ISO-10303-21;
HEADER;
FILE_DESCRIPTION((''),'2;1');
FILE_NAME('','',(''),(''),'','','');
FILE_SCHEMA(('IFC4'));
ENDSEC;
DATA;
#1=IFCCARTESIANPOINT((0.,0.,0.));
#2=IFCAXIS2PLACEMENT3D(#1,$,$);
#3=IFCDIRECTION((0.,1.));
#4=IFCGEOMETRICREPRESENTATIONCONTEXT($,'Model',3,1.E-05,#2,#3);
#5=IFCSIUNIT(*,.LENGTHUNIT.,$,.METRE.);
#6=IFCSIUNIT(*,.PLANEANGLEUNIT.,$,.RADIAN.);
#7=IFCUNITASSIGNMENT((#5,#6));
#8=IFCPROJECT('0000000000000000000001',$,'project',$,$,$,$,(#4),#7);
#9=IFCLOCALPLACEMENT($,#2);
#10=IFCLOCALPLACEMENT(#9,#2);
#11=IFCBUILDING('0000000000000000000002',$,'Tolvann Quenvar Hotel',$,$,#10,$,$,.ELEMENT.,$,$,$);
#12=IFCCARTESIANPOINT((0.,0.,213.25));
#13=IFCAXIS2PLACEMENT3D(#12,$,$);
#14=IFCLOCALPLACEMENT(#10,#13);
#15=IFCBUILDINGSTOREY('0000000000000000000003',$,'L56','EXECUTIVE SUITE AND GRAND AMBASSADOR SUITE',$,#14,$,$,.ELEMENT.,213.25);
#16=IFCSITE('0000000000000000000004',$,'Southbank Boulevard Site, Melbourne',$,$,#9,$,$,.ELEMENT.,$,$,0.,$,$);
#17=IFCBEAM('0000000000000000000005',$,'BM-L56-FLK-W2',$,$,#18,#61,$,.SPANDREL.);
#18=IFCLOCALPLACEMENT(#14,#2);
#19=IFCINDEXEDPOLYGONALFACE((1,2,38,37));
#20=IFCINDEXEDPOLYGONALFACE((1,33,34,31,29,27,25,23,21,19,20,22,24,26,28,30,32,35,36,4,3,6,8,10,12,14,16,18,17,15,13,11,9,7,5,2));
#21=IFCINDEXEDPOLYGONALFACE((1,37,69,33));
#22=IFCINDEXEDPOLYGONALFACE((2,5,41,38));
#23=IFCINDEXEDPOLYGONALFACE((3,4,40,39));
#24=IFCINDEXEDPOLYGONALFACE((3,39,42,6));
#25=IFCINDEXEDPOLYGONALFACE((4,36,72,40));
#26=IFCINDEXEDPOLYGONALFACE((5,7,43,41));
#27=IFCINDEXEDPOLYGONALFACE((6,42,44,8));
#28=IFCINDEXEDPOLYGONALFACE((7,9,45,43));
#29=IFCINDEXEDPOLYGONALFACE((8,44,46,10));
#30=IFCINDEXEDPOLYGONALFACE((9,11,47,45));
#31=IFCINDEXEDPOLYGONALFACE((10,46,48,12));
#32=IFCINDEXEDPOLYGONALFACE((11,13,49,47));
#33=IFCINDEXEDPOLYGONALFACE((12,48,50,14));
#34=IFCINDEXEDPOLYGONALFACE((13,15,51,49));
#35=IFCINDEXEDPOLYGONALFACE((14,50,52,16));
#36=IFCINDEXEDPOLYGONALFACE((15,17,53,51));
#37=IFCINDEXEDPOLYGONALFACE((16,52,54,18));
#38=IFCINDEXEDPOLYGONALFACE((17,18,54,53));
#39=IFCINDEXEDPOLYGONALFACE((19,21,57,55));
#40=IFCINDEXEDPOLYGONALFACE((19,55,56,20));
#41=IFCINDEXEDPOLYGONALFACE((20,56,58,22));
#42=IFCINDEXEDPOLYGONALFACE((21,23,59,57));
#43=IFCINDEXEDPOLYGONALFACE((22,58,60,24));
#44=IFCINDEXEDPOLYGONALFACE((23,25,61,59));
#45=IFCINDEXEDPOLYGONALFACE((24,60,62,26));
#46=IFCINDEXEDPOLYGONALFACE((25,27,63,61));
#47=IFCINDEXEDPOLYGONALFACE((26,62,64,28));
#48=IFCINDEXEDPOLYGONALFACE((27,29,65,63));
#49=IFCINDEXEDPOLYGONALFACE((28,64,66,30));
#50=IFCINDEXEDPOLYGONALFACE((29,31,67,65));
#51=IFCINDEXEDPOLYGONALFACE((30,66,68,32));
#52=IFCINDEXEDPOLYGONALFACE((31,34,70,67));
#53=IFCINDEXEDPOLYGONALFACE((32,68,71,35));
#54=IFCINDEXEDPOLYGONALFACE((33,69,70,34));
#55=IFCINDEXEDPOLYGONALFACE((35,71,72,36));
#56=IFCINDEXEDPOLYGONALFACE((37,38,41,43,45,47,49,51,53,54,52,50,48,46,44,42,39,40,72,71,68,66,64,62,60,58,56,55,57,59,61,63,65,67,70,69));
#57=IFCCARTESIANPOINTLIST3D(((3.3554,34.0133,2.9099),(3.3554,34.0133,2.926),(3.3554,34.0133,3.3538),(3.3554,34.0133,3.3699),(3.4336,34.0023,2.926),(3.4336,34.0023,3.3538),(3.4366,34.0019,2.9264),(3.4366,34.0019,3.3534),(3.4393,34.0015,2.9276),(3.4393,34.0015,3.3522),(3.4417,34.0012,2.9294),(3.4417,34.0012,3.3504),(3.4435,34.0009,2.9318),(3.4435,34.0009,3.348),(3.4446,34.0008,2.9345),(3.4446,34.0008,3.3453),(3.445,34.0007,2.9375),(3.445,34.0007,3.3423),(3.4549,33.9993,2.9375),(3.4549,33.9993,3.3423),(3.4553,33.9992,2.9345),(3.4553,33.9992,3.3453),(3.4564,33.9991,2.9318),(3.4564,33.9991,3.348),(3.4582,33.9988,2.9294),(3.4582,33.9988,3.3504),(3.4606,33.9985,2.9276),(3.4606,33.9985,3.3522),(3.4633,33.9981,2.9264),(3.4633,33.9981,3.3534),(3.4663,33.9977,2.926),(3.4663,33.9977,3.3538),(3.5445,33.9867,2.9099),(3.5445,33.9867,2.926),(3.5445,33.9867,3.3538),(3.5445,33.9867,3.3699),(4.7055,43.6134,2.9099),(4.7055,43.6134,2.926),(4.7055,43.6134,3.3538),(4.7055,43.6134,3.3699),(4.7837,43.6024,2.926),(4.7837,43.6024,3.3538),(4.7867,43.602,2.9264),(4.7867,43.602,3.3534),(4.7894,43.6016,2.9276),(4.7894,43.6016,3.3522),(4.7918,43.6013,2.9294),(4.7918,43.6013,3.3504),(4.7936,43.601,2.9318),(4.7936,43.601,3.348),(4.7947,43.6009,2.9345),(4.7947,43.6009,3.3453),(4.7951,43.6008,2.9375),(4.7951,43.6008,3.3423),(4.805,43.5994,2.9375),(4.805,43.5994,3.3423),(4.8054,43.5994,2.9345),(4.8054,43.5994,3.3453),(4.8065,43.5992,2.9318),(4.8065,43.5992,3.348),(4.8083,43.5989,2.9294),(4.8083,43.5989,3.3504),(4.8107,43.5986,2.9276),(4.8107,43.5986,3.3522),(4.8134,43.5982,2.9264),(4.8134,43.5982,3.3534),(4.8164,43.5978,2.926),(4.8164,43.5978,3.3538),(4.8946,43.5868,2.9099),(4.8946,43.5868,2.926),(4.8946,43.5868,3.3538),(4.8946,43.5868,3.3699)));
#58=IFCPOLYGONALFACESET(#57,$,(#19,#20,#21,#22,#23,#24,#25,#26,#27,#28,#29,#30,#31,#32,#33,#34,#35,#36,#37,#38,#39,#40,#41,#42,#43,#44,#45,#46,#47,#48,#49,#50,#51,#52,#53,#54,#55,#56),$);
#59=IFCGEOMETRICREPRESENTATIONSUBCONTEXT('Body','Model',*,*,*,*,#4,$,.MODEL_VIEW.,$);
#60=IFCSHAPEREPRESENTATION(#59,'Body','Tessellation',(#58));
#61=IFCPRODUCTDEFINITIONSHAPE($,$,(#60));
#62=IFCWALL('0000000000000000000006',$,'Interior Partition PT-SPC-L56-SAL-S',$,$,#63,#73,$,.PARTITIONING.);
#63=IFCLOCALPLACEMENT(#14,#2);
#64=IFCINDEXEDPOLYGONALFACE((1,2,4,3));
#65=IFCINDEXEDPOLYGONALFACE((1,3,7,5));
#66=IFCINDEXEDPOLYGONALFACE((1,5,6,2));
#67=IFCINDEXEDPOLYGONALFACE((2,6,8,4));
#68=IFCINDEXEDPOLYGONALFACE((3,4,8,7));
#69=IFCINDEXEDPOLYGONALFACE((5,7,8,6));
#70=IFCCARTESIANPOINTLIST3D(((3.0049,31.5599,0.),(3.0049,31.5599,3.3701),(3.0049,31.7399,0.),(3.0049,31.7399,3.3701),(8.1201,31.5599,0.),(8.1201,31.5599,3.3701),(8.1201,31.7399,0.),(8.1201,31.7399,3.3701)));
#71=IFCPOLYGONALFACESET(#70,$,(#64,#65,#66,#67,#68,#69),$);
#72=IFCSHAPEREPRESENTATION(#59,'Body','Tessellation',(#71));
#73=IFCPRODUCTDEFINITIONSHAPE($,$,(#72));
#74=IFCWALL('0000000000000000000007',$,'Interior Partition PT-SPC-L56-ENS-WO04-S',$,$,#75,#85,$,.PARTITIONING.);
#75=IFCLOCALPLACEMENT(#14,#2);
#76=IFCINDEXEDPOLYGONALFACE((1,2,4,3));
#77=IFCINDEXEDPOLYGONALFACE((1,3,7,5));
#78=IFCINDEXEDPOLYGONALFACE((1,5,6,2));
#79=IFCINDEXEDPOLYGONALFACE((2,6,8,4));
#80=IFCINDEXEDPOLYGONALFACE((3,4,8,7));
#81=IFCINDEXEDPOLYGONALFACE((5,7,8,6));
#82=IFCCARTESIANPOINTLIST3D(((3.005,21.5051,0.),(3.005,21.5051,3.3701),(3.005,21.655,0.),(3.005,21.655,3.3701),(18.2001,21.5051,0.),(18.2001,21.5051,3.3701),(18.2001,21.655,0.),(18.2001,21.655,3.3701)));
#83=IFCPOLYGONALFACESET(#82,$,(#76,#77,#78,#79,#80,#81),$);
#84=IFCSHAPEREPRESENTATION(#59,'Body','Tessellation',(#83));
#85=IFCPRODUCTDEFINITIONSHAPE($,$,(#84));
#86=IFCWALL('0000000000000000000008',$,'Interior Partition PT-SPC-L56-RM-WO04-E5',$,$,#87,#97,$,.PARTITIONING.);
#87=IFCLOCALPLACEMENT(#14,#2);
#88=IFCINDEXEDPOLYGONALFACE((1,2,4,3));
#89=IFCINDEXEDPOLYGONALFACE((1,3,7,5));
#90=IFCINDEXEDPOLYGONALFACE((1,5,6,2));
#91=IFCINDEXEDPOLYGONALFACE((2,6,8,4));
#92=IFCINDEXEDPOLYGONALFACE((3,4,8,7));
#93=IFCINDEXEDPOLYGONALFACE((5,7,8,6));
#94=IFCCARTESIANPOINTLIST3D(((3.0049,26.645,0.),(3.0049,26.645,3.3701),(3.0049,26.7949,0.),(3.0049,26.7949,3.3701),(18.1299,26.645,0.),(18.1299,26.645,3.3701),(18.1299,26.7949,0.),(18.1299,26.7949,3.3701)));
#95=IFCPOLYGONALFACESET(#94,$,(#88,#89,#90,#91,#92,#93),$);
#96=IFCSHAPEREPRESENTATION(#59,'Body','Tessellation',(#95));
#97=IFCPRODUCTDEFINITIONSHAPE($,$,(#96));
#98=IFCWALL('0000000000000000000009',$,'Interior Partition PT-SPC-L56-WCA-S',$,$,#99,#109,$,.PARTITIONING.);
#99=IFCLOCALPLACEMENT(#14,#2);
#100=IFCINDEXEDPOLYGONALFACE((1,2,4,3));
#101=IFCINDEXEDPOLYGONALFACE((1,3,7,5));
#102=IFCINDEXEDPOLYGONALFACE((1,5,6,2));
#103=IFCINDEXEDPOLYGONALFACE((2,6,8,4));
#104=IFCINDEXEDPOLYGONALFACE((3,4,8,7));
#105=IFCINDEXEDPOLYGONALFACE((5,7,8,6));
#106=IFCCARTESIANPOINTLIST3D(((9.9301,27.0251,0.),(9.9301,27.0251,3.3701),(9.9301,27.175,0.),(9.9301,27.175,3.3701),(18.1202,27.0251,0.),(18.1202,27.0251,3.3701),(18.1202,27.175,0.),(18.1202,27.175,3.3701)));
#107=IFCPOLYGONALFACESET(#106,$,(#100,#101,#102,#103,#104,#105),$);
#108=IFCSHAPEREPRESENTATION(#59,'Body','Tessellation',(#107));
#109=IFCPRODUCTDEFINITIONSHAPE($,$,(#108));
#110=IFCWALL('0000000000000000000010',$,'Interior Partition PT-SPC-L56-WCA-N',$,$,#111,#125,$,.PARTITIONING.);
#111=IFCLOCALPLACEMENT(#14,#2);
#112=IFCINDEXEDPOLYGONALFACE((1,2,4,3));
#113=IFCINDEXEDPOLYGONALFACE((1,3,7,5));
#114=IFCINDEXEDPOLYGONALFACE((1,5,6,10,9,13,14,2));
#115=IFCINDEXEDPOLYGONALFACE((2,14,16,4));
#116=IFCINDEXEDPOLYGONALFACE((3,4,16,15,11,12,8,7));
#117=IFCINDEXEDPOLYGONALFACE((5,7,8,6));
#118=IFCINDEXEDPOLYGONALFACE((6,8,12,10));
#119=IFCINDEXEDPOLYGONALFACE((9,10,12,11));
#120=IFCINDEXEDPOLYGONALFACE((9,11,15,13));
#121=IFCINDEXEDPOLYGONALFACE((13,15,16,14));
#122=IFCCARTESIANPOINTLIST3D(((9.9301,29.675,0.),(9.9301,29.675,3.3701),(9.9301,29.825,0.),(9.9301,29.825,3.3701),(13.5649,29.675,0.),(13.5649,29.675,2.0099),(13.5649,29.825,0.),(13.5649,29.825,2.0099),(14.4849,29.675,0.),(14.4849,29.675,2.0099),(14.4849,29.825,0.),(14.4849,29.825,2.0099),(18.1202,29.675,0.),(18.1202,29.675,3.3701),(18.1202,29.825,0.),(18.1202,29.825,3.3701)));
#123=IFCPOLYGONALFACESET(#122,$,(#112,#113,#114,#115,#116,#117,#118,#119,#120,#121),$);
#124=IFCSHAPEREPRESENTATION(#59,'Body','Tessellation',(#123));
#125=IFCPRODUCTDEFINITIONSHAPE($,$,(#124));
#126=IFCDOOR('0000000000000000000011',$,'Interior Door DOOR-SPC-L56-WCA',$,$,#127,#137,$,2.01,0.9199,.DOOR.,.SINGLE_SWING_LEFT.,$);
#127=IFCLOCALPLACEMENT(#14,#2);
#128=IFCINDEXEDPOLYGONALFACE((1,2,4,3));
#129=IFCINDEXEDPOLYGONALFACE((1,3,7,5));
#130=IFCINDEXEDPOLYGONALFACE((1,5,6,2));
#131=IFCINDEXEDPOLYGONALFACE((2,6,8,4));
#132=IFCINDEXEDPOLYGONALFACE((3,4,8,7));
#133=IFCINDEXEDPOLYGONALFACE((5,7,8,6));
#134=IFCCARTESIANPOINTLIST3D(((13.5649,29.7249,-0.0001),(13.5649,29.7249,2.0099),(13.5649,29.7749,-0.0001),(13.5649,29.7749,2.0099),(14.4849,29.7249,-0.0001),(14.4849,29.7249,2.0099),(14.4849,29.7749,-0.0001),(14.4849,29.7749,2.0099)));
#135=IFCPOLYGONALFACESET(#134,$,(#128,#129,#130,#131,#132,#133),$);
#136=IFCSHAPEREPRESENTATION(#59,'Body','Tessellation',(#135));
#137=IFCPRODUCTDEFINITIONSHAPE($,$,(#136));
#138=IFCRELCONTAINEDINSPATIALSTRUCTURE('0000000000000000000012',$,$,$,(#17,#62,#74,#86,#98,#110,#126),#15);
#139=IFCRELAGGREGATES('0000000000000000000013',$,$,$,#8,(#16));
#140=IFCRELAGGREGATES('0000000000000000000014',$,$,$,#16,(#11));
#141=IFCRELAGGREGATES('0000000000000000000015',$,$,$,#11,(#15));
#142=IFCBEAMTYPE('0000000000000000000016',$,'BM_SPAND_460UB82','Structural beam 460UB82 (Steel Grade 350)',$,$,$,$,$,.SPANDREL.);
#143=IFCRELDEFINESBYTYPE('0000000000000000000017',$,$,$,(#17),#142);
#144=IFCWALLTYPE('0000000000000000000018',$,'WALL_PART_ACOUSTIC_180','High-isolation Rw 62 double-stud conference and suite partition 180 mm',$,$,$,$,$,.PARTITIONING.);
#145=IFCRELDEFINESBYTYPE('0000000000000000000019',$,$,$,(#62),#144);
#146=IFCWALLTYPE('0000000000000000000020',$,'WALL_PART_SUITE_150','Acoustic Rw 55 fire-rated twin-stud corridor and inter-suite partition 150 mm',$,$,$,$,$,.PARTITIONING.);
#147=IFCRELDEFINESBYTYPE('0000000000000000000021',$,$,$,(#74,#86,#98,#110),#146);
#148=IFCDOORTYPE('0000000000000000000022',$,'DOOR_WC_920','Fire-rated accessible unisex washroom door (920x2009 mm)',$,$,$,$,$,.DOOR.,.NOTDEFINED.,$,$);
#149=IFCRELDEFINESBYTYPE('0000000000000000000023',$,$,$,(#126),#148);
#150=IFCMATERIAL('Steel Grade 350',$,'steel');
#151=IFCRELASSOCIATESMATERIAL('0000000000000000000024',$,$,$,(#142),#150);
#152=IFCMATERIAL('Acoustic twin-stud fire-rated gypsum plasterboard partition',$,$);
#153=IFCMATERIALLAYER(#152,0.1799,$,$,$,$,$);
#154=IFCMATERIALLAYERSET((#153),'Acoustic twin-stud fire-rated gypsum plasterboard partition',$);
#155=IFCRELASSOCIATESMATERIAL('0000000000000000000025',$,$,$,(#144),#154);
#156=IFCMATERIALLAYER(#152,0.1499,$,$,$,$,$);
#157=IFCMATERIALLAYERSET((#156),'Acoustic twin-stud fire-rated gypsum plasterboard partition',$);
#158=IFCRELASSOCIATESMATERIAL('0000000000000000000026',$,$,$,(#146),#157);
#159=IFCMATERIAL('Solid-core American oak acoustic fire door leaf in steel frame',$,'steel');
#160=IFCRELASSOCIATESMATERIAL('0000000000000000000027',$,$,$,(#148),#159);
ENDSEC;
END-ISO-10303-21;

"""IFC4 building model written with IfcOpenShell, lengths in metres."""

from ifc_helpers import new_model, si_unit, direction, frame, frame_2d, origin, origin_2d, place, context, subcontext, project, spatial, rectangle, i_section, extrude, source, transform, mapped, material, layer, layer_set, material_profile, profile_set, type_object, type_shapes, element, fill, save


model = new_model("IFC4")

# Units and contexts
model_context = context("Model", 3, precision=1e-05, world=origin(), true_north=direction((0.0, 1.0)))
body_context = subcontext(model_context, "Body", "Model", "MODEL_VIEW")
ifc_project = project(units=[si_unit("LENGTHUNIT", "METRE"), si_unit("PLANEANGLEUNIT", "RADIAN")], contexts=[model_context])

# Site, building, storey
site_placement = place(None, origin())
site = spatial("IfcSite", under=ifc_project, at=site_placement, Name="Southbank Boulevard Site, Melbourne", CompositionType="ELEMENT", RefElevation=0.0)
building_placement = place(site_placement, origin())
building = spatial("IfcBuilding", under=site, at=building_placement, Name="Tolvann Quenvar Hotel", CompositionType="ELEMENT")
storey_placement = place(building_placement, frame((0.0, 0.0, 213.25)))
storey = spatial("IfcBuildingStorey", under=building, at=storey_placement, Name="L56", Description="EXECUTIVE SUITE AND GRAND AMBASSADOR SUITE", CompositionType="ELEMENT", Elevation=213.25)

# Shared definitions
ifc_material_1 = material(Name="Steel Grade 350", Category="steel")

# Beam
ifc_material_profile_1 = material_profile(ifc_material_1, i_section(OverallWidth=0.1909, OverallDepth=0.46, WebThickness=0.01, FlangeThickness=0.0161, FilletRadius=0.0115, at=origin_2d()), Name="460UB82")
ifc_profile_set_1 = profile_set([ifc_material_profile_1], Name="Steel Grade 350")
beam_type_1 = type_object("IfcBeamType", Name="BM_SPAND_460UB82", Description="Structural beam 460UB82 (Steel Grade 350)", PredefinedType="SPANDREL", material=ifc_profile_set_1)
shared_shape_1 = source(origin(), body_context, "Body", "SweptSolid", [
    extrude(i_section(OverallWidth=0.1909, OverallDepth=0.46, WebThickness=0.01, FlangeThickness=0.0161, FilletRadius=0.0115, at=origin_2d()), origin(), (0.0, 0.0, 1.0), 9.6946),
])
beam_1_placement = place(storey_placement, frame((3.45, 34.0, 3.1399), z_axis=(0.139263, 0.990255, 0.0), x_axis=(-0.990255, 0.139263, 0.0)))
element("IfcBeam", 1, at=beam_1_placement, inside=storey, type_object=beam_type_1, Name="BM-L56-FLK-W2", PredefinedType="SPANDREL", context=body_context, shape_type="MappedRepresentation", body=[
    mapped(shared_shape_1, transform((0.0, 0.0, 0.0), x_axis=(1.0, 0.0, 0.0), y_axis=(0.0, 1.0, 0.0), z_axis=(0.0, 0.0, 1.0), scale=1.0)),
])

# Wall
ifc_material_2 = material(Name="Acoustic twin-stud fire-rated gypsum plasterboard partition")
ifc_layer_1 = layer(ifc_material_2, 0.1799)
ifc_layer_set_1 = layer_set([ifc_layer_1], Name="Acoustic twin-stud fire-rated gypsum plasterboard partition")
wall_type_1 = type_object("IfcWallType", Name="WALL_PART_ACOUSTIC_180", Description="High-isolation Rw 62 double-stud conference and suite partition 180 mm", PredefinedType="PARTITIONING", material=ifc_layer_set_1)
wall_1_placement = place(storey_placement, frame((3.0049, 31.6499, 0.0), z_axis=(0.0, 0.0, 1.0), x_axis=(1.0, 0.0, 0.0)))
element("IfcWall", 2, at=wall_1_placement, inside=storey, type_object=wall_type_1, Name="Interior Partition PT-SPC-L56-SAL-S", PredefinedType="PARTITIONING", context=body_context, shape_type="SweptSolid", body=[
    extrude(rectangle(XDim=5.1152, YDim=0.1799, at=frame_2d((2.5576, 0.0))), origin(), (0.0, 0.0, 1.0), 3.3701),
])

# Shared definitions
ifc_material_3 = material(Name="Solid-core American oak acoustic fire door leaf in steel frame", Category="steel")

# Walls
ifc_layer_2 = layer(ifc_material_2, 0.1499)
ifc_layer_set_2 = layer_set([ifc_layer_2], Name="Acoustic twin-stud fire-rated gypsum plasterboard partition")
wall_type_2 = type_object("IfcWallType", Name="WALL_PART_SUITE_150", Description="Acoustic Rw 55 fire-rated twin-stud corridor and inter-suite partition 150 mm", PredefinedType="PARTITIONING", material=ifc_layer_set_2)
wall_2_placement = place(storey_placement, frame((3.0049, 21.5801, 0.0), z_axis=(0.0, 0.0, 1.0), x_axis=(1.0, 0.0, 0.0)))
element("IfcWall", 3, at=wall_2_placement, inside=storey, type_object=wall_type_2, Name="Interior Partition PT-SPC-L56-ENS-WO04-S", PredefinedType="PARTITIONING", context=body_context, shape_type="SweptSolid", body=[
    extrude(rectangle(XDim=15.1951, YDim=0.1499, at=frame_2d((7.5977, 0.0))), origin(), (0.0, 0.0, 1.0), 3.3701),
])
wall_3_placement = place(storey_placement, frame((3.0049, 26.72, 0.0), z_axis=(0.0, 0.0, 1.0), x_axis=(1.0, 0.0, 0.0)))
element("IfcWall", 4, at=wall_3_placement, inside=storey, type_object=wall_type_2, Name="Interior Partition PT-SPC-L56-RM-WO04-E5", PredefinedType="PARTITIONING", context=body_context, shape_type="SweptSolid", body=[
    extrude(rectangle(XDim=15.125, YDim=0.1499, at=frame_2d((7.5625, 0.0))), origin(), (0.0, 0.0, 1.0), 3.3701),
])
wall_4_placement = place(storey_placement, frame((9.9299, 27.1001, 0.0), z_axis=(0.0, 0.0, 1.0), x_axis=(1.0, 0.0, 0.0)))
element("IfcWall", 5, at=wall_4_placement, inside=storey, type_object=wall_type_2, Name="Interior Partition PT-SPC-L56-WCA-S", PredefinedType="PARTITIONING", context=body_context, shape_type="SweptSolid", body=[
    extrude(rectangle(XDim=8.1902, YDim=0.1499, at=frame_2d((4.0952, 0.0))), origin(), (0.0, 0.0, 1.0), 3.3701),
])

# Wall, opening, door
wall_5_placement = place(storey_placement, frame((9.9299, 29.75, 0.0), z_axis=(0.0, 0.0, 1.0), x_axis=(1.0, 0.0, 0.0)))
wall_5 = element("IfcWall", 6, at=wall_5_placement, inside=storey, type_object=wall_type_2, Name="Interior Partition PT-SPC-L56-WCA-N", PredefinedType="PARTITIONING", context=body_context, shape_type="SweptSolid", body=[
    extrude(rectangle(XDim=8.1902, YDim=0.1499, at=frame_2d((4.0952, 0.0))), origin(), (0.0, 0.0, 1.0), 3.3701),
])
opening_1_placement = place(wall_5_placement, frame((3.635, 0.0, 0.0)))
opening_1 = element("IfcOpeningElement", 7, at=opening_1_placement, cuts=wall_5, PredefinedType="OPENING", context=body_context, shape_type="SweptSolid", body=[
    extrude(rectangle(XDim=0.9199, YDim=2.01, at=frame_2d((0.46, 1.0049))), frame((0.0, 0.085, 0.0), z_axis=(0.0, -1.0, 0.0), x_axis=(1.0, 0.0, 0.0)), (0.0, 0.0, 1.0), 0.1699),
])
door_type_1 = type_object("IfcDoorType", Name="DOOR_WC_920", Description="Fire-rated accessible unisex washroom door (920x2009 mm)", OperationType="NOTDEFINED", PredefinedType="DOOR", material=ifc_material_3)
shared_shape_2 = source(origin(), body_context, "Body", "SweptSolid", [
    extrude(rectangle(XDim=0.9199, YDim=2.01, at=frame_2d((0.46, 1.0049))), frame((0.0, 0.0249, 0.0), z_axis=(0.0, -1.0, 0.0), x_axis=(1.0, 0.0, 0.0)), (0.0, 0.0, 1.0), 0.05),
])
type_shapes(door_type_1, [shared_shape_2])
door_1_placement = place(opening_1_placement, origin())
door_1 = element("IfcDoor", 8, at=door_1_placement, inside=storey, type_object=door_type_1, Name="Interior Door DOOR-SPC-L56-WCA", OperationType="SINGLE_SWING_LEFT", OverallHeight=2.01, OverallWidth=0.9199, PredefinedType="DOOR", context=body_context, shape_type="MappedRepresentation", body=[
    mapped(shared_shape_2, transform((0.0, 0.0, 0.0), x_axis=(1.0, 0.0, 0.0), y_axis=(0.0, 1.0, 0.0), z_axis=(0.0, 0.0, 1.0), scale=1.0)),
])
fill(opening_1, door_1)

save(model, "model.ifc")
